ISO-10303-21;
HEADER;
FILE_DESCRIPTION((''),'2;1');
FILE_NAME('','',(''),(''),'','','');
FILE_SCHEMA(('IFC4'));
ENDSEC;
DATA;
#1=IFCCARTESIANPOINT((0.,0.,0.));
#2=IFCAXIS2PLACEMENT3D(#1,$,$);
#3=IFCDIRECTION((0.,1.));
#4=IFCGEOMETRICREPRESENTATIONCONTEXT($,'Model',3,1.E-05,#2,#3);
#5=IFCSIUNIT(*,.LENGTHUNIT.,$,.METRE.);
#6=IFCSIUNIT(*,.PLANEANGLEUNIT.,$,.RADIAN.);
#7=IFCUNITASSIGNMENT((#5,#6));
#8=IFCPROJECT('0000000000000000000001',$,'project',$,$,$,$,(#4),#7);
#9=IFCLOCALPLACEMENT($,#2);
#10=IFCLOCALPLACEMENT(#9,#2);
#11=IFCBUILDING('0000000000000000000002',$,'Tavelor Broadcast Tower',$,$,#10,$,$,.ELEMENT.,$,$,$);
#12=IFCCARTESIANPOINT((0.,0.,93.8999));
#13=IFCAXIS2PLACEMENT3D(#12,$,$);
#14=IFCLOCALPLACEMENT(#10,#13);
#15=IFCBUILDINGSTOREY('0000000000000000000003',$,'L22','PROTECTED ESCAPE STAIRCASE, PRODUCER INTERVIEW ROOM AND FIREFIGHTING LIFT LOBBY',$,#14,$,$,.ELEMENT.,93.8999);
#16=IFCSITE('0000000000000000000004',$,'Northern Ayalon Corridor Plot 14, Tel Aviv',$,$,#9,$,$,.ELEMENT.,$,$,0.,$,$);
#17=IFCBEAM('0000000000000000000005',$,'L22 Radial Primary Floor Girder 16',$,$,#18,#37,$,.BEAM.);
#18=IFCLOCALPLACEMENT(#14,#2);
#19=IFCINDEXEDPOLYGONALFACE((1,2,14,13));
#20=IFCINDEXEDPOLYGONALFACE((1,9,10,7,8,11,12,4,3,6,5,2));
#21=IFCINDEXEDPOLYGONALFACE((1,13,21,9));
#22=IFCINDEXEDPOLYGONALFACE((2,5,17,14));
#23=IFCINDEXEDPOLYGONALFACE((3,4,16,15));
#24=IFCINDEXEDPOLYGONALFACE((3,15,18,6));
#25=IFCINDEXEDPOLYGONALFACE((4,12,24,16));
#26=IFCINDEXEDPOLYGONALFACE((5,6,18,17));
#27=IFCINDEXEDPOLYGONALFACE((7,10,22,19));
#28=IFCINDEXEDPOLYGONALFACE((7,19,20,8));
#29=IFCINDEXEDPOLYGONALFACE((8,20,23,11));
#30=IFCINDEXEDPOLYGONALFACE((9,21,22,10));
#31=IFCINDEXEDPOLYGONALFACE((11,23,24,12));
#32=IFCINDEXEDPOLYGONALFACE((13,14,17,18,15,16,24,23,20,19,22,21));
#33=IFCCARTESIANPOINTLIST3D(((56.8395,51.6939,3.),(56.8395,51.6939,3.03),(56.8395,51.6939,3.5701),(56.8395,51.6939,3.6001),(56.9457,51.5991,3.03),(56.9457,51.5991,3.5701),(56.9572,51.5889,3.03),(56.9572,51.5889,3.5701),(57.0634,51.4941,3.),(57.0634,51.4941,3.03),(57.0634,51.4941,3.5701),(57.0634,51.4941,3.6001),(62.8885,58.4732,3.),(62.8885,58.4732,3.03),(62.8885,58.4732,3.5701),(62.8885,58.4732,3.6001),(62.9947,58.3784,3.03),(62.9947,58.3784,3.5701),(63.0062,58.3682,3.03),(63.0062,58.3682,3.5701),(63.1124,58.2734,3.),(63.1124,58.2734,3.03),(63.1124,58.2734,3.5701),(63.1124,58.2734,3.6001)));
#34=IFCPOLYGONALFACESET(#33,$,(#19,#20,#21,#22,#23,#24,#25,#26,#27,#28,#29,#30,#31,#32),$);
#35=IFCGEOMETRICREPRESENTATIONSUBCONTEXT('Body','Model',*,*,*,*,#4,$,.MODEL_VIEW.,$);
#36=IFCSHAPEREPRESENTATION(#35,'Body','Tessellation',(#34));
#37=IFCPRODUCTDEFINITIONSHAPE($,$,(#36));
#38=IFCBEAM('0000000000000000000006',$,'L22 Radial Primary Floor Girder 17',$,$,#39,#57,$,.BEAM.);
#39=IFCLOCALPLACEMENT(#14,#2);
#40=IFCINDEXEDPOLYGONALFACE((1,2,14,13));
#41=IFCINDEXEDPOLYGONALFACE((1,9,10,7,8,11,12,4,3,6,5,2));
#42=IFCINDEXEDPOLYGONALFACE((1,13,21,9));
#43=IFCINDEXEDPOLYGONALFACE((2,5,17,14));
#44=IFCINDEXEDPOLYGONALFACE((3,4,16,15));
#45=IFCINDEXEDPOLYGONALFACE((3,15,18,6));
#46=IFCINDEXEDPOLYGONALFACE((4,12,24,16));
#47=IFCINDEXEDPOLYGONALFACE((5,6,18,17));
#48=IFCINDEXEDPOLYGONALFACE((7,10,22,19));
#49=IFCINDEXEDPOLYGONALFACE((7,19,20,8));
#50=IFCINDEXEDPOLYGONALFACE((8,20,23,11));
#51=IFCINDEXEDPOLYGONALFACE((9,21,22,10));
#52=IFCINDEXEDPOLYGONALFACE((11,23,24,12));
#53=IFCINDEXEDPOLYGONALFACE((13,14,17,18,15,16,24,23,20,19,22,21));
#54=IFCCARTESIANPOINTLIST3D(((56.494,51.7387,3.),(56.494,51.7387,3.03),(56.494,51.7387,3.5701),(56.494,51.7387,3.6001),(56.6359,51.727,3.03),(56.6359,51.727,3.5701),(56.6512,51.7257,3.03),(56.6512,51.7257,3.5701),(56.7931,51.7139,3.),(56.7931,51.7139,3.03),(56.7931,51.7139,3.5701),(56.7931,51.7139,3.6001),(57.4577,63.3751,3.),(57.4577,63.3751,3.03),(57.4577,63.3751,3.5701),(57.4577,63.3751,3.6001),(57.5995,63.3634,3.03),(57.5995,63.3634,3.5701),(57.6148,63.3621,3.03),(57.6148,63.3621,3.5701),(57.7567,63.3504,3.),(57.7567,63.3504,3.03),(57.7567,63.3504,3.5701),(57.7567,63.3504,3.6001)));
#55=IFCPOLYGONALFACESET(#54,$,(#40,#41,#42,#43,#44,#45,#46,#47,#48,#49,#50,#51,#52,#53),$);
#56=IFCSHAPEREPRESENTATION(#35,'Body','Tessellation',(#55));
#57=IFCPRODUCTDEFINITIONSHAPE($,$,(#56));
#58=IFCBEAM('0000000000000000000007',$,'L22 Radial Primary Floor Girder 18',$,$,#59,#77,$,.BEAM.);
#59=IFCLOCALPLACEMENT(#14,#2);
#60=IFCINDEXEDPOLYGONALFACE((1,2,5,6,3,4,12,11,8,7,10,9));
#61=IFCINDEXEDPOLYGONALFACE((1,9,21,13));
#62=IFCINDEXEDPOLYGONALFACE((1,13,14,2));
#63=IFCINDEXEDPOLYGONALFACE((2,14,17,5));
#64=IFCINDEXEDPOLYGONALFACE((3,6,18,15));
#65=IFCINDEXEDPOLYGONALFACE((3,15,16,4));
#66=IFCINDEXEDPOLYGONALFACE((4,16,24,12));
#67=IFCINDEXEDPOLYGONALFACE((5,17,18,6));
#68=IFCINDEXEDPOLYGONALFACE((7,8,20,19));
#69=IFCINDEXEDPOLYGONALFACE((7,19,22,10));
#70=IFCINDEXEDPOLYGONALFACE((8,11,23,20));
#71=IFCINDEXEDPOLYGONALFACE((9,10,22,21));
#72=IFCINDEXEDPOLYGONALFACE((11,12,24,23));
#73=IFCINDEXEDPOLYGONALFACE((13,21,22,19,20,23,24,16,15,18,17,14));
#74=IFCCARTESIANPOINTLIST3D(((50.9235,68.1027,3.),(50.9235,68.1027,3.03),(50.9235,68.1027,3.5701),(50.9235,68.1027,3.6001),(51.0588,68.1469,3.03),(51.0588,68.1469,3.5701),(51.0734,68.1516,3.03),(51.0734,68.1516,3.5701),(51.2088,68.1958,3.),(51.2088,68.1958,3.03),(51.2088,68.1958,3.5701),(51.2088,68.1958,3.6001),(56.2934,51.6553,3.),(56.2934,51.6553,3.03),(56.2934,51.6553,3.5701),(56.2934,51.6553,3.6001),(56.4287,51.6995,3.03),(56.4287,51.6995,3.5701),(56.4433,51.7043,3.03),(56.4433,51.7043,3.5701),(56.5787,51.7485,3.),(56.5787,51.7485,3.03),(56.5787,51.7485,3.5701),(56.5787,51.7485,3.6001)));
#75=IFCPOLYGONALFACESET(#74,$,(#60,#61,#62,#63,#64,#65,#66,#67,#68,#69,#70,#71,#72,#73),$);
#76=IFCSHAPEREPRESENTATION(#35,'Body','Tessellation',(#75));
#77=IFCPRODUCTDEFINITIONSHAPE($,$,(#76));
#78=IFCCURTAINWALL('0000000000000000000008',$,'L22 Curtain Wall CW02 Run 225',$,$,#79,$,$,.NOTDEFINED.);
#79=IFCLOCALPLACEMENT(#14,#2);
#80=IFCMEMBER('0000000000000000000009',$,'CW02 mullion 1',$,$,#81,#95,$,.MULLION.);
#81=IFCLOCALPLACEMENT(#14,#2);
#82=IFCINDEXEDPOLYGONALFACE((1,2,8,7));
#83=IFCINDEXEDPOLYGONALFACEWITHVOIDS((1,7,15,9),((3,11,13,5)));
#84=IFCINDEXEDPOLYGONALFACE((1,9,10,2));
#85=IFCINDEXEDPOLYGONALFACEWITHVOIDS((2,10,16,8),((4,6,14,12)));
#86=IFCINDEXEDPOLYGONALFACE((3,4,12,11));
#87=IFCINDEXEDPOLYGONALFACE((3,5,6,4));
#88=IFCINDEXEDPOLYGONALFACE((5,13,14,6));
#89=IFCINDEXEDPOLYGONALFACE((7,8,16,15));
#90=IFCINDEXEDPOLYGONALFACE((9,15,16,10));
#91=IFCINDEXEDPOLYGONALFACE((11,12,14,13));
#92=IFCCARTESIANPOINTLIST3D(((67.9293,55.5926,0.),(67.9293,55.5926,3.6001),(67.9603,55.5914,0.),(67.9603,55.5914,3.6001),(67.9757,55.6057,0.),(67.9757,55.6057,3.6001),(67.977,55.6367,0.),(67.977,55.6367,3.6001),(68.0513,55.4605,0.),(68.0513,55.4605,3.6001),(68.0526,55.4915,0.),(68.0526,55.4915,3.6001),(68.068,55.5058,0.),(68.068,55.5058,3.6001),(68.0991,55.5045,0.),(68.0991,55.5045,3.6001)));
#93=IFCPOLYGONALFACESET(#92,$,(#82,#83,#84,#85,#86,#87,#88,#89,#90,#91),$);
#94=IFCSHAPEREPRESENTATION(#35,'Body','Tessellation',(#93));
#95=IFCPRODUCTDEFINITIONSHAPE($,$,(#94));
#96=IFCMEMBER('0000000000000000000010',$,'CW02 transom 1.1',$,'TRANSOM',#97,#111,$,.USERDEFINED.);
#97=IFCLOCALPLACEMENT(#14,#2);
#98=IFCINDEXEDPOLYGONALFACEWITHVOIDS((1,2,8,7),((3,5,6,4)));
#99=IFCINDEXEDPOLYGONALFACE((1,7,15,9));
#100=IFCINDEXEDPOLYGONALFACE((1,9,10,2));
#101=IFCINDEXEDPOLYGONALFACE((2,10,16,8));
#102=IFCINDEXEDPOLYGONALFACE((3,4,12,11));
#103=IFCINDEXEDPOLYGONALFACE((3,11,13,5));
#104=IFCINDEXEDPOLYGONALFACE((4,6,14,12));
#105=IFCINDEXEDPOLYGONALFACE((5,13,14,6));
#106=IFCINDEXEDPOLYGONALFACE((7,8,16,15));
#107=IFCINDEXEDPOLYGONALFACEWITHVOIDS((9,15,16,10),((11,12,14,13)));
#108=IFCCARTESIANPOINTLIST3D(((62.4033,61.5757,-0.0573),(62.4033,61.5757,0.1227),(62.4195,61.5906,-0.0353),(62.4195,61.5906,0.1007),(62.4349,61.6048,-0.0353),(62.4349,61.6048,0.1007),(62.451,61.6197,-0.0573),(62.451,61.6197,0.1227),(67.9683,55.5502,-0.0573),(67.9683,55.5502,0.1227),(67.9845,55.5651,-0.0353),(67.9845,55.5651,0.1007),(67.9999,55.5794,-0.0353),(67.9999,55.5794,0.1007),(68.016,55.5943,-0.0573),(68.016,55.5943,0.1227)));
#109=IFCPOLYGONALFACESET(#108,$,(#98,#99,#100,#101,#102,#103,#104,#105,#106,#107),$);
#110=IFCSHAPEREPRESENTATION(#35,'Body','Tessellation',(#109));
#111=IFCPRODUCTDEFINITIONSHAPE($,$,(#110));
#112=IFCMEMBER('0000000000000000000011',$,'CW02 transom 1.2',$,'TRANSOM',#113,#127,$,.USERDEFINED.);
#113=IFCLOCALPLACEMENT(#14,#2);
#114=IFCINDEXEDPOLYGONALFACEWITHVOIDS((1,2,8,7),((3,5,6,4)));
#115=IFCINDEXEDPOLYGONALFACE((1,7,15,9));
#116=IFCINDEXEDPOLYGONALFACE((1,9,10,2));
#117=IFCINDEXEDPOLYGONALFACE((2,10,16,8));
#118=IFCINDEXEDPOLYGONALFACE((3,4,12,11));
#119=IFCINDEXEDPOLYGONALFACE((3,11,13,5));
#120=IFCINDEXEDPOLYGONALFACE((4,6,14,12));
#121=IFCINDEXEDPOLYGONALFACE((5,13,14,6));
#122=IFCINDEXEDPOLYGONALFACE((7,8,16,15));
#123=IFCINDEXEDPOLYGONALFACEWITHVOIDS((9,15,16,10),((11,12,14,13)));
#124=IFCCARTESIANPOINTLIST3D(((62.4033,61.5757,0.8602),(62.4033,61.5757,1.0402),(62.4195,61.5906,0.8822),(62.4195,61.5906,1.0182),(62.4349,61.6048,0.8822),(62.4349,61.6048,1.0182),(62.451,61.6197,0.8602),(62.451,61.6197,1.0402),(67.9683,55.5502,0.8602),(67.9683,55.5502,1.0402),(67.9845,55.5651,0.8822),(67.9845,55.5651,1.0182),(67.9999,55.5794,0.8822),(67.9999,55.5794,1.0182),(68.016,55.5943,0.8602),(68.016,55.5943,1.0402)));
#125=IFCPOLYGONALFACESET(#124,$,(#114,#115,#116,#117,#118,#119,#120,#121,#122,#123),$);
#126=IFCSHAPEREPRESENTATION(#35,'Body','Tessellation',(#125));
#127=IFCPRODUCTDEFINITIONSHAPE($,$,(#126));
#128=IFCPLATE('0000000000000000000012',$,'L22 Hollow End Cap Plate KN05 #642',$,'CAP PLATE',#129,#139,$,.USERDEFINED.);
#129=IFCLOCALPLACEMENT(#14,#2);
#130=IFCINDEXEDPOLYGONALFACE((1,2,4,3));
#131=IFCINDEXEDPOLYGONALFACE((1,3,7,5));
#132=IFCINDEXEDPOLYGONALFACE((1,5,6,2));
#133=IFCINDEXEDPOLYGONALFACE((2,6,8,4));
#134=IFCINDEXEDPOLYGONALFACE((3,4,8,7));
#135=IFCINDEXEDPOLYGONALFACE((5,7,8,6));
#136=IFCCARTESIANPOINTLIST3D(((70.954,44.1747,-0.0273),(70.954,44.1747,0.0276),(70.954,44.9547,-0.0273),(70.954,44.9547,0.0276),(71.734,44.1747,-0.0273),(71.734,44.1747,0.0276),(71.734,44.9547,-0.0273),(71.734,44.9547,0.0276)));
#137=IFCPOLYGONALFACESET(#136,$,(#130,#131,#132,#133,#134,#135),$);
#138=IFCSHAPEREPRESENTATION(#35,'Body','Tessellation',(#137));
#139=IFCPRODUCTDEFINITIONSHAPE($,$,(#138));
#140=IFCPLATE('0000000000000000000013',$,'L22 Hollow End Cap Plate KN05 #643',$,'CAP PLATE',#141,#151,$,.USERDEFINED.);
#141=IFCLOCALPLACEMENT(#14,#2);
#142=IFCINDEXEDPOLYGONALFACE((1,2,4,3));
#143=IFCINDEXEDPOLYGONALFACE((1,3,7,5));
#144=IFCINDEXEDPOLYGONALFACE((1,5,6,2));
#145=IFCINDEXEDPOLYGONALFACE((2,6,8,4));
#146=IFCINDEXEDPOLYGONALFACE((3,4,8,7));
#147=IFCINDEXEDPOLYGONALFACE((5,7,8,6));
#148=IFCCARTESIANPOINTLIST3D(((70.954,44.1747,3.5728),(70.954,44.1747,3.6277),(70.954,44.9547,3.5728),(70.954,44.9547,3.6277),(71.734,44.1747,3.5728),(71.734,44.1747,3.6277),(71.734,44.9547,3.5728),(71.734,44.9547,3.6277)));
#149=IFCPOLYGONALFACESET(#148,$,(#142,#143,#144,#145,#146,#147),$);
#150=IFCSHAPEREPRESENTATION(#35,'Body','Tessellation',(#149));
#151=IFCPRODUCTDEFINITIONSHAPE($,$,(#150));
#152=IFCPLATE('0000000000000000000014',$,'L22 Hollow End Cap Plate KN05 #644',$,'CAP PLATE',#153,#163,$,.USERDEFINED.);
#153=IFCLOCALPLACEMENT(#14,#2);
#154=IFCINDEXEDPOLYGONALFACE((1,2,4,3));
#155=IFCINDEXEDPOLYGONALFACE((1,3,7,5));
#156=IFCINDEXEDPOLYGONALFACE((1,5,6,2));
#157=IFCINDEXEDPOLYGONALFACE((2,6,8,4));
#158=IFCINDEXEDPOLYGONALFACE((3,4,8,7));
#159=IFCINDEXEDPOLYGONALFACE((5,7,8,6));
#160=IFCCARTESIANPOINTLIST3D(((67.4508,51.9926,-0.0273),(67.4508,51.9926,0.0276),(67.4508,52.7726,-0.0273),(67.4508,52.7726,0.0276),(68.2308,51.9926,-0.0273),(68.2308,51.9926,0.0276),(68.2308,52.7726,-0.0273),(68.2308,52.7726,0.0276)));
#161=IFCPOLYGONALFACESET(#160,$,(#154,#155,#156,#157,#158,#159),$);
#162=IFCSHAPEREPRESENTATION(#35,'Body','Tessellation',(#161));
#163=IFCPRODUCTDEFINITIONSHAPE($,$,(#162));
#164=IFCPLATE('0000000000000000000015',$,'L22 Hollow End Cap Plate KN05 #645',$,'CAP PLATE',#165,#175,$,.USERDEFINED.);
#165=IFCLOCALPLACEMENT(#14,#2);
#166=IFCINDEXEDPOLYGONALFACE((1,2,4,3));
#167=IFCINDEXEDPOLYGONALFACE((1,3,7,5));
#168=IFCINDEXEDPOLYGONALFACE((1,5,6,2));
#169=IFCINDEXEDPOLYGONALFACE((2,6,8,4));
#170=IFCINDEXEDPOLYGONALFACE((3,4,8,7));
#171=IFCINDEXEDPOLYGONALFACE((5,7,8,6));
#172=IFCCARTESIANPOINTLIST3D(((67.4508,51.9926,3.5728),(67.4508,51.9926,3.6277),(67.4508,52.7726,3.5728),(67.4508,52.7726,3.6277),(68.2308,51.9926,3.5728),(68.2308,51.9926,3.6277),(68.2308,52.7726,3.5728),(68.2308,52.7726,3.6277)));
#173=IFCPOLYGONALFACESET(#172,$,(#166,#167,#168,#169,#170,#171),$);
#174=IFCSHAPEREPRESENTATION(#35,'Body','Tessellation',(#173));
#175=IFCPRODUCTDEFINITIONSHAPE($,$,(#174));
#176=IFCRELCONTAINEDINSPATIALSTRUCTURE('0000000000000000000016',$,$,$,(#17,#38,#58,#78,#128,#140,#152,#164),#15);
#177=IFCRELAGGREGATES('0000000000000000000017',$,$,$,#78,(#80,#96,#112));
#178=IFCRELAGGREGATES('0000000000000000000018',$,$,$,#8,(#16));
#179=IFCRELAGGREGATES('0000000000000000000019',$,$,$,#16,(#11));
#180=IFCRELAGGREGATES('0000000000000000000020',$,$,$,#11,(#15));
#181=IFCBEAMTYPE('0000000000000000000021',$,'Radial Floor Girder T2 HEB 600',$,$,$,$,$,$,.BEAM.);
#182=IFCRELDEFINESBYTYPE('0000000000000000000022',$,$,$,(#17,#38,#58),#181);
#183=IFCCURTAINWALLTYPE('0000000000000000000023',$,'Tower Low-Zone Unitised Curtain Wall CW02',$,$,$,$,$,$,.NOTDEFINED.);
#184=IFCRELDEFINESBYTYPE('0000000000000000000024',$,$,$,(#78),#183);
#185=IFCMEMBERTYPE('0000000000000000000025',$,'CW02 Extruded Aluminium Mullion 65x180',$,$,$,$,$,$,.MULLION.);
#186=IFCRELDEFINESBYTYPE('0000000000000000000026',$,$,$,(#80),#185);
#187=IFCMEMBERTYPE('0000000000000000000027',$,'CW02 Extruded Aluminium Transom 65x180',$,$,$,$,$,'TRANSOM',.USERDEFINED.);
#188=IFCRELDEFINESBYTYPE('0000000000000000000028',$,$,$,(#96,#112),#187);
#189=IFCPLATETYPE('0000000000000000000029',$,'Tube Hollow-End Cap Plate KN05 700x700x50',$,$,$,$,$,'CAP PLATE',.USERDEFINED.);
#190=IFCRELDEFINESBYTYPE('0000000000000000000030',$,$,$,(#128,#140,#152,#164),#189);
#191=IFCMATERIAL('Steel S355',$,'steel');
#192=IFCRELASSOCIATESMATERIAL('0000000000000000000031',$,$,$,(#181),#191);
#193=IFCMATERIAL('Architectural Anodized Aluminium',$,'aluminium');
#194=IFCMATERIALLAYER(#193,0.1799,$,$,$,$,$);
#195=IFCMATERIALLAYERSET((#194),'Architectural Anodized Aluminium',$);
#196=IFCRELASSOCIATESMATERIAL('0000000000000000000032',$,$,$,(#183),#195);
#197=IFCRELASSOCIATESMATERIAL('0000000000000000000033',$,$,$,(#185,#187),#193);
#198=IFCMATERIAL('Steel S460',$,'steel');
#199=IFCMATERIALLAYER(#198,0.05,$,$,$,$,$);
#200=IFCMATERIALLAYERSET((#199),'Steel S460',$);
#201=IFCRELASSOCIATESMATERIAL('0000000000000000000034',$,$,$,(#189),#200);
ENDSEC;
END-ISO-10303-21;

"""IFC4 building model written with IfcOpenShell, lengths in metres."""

from ifc_helpers import new_model, si_unit, direction, frame, origin, origin_2d, place, context, subcontext, project, spatial, rectangle, hollow_rectangle, i_section, extrude, source, transform, mapped, material, layer, layer_set, material_profile, profile_set, type_object, type_shapes, element, aggregate, save


model = new_model("IFC4")

# Units and contexts
model_context = context("Model", 3, precision=1e-05, world=origin(), true_north=direction((0.0, 1.0)))
body_context = subcontext(model_context, "Body", "Model", "MODEL_VIEW")
ifc_project = project(units=[si_unit("LENGTHUNIT", "METRE"), si_unit("PLANEANGLEUNIT", "RADIAN")], contexts=[model_context])

# Site, building, storey
site_placement = place(None, origin())
site = spatial("IfcSite", under=ifc_project, at=site_placement, Name="Northern Ayalon Corridor Plot 14, Tel Aviv", CompositionType="ELEMENT", RefElevation=0.0)
building_placement = place(site_placement, origin())
building = spatial("IfcBuilding", under=site, at=building_placement, Name="Tavelor Broadcast Tower", CompositionType="ELEMENT")
storey_placement = place(building_placement, frame((0.0, 0.0, 93.8999)))
storey = spatial("IfcBuildingStorey", under=building, at=storey_placement, Name="L22", Description="PROTECTED ESCAPE STAIRCASE, PRODUCER INTERVIEW ROOM AND FIREFIGHTING LIFT LOBBY", CompositionType="ELEMENT", Elevation=93.8999)

# Shared definitions
ifc_material_1 = material(Name="Steel S460", Category="steel")

# Beams
ifc_material_2 = material(Name="Steel S355", Category="steel")
ifc_material_profile_1 = material_profile(ifc_material_2, i_section(OverallWidth=0.3, OverallDepth=0.6001, WebThickness=0.0154, FlangeThickness=0.03, at=origin_2d()), Name="HEB 600")
ifc_profile_set_1 = profile_set([ifc_material_profile_1], Name="Steel S355")
beam_type_1 = type_object("IfcBeamType", Name="Radial Floor Girder T2 HEB 600", PredefinedType="BEAM", material=ifc_profile_set_1)
beam_1_placement = place(storey_placement, frame((56.9514, 51.594, 3.3), z_axis=(0.665779, 0.746149, 0.0), x_axis=(-0.746149, 0.665779, 0.0)))
element("IfcBeam", 1, at=beam_1_placement, inside=storey, type_object=beam_type_1, Name="L22 Radial Primary Floor Girder 16", PredefinedType="BEAM", context=body_context, shape_type="SweptSolid", body=[
    extrude(i_section(OverallWidth=0.3, OverallDepth=0.6001, WebThickness=0.0154, FlangeThickness=0.03, at=origin_2d()), origin(), (0.0, 0.0, 1.0), 9.0857),
])
beam_2_placement = place(storey_placement, frame((56.6436, 51.7263, 3.3), z_axis=(0.082528, 0.996589, 0.0), x_axis=(-0.996589, 0.082528, 0.0)))
element("IfcBeam", 2, at=beam_2_placement, inside=storey, type_object=beam_type_1, Name="L22 Radial Primary Floor Girder 17", PredefinedType="BEAM", context=body_context, shape_type="SweptSolid", body=[
    extrude(i_section(OverallWidth=0.3, OverallDepth=0.6001, WebThickness=0.0154, FlangeThickness=0.03, at=origin_2d()), origin(), (0.0, 0.0, 1.0), 11.6763),
])
beam_3_placement = place(storey_placement, frame((56.436, 51.7019, 3.3), z_axis=(-0.310367, 0.950617, 0.0), x_axis=(-0.950617, -0.310367, 0.0)))
element("IfcBeam", 3, at=beam_3_placement, inside=storey, type_object=beam_type_1, Name="L22 Radial Primary Floor Girder 18", PredefinedType="BEAM", context=body_context, shape_type="SweptSolid", body=[
    extrude(i_section(OverallWidth=0.3, OverallDepth=0.6001, WebThickness=0.0154, FlangeThickness=0.03, at=origin_2d()), origin(), (0.0, 0.0, 1.0), 17.3018),
])

# Curtain wall, members
ifc_material_3 = material(Name="Architectural Anodized Aluminium", Category="aluminium")
ifc_layer_1 = layer(ifc_material_3, 0.1799)
ifc_layer_set_1 = layer_set([ifc_layer_1], Name="Architectural Anodized Aluminium")
curtain_wall_type = type_object("IfcCurtainWallType", Name="Tower Low-Zone Unitised Curtain Wall CW02", PredefinedType="NOTDEFINED", material=ifc_layer_set_1)
curtain_wall_placement = place(storey_placement, origin())
curtain_wall = element("IfcCurtainWall", 4, at=curtain_wall_placement, inside=storey, type_object=curtain_wall_type, Name="L22 Curtain Wall CW02 Run 225", PredefinedType="NOTDEFINED")
ifc_material_profile_2 = material_profile(ifc_material_3, hollow_rectangle(XDim=0.0649, YDim=0.1799, WallThickness=0.022, at=origin_2d()), Name="RHS 65x180x22")
ifc_profile_set_2 = profile_set([ifc_material_profile_2], Name="Architectural Anodized Aluminium")
member_type_1 = type_object("IfcMemberType", Name="CW02 Extruded Aluminium Mullion 65x180", PredefinedType="MULLION", material=ifc_profile_set_2)
shared_shape_1 = source(origin(), body_context, "Body", "SweptSolid", [
    extrude(hollow_rectangle(XDim=0.0649, YDim=0.1799, WallThickness=0.022, at=origin_2d()), origin(), (0.0, 0.0, 1.0), 3.6001),
])
type_shapes(member_type_1, [shared_shape_1])
member_1_placement = place(storey_placement, frame((68.0142, 55.5486, 0.0), z_axis=(0.0, 0.0, 1.0), x_axis=(-0.734611, -0.678489, 0.0)))
member_1 = element("IfcMember", 5, at=member_1_placement, type_object=member_type_1, Name="CW02 mullion 1", PredefinedType="MULLION", context=body_context, shape_type="MappedRepresentation", body=[
    mapped(shared_shape_1, transform((0.0, 0.0, 0.0), scale=1.0)),
])
ifc_material_profile_3 = material_profile(ifc_material_3, hollow_rectangle(XDim=0.0649, YDim=0.1799, WallThickness=0.022, at=origin_2d()), Name="RHS 65x180x22")
ifc_profile_set_3 = profile_set([ifc_material_profile_3], Name="Architectural Anodized Aluminium")
member_type_2 = type_object("IfcMemberType", Name="CW02 Extruded Aluminium Transom 65x180", ElementType="TRANSOM", PredefinedType="USERDEFINED", material=ifc_profile_set_3)
shared_shape_2 = source(origin(), body_context, "Body", "SweptSolid", [
    extrude(hollow_rectangle(XDim=0.0649, YDim=0.1799, WallThickness=0.022, at=origin_2d()), origin(), (0.0, 0.0, 1.0), 8.2021),
])
type_shapes(member_type_2, [shared_shape_2])
member_2_placement = place(storey_placement, frame((67.9922, 55.5723, 0.0327), z_axis=(-0.67848, 0.734619, 0.0), x_axis=(-0.734619, -0.67848, 0.0)))
member_2 = element("IfcMember", 6, at=member_2_placement, type_object=member_type_2, Name="CW02 transom 1.1", ObjectType="TRANSOM", PredefinedType="USERDEFINED", context=body_context, shape_type="MappedRepresentation", body=[
    mapped(shared_shape_2, transform((0.0, 0.0, 0.0), scale=1.0)),
])
member_3_placement = place(storey_placement, frame((67.9922, 55.5723, 0.9502), z_axis=(-0.67848, 0.734619, 0.0), x_axis=(-0.734619, -0.67848, 0.0)))
member_3 = element("IfcMember", 7, at=member_3_placement, type_object=member_type_2, Name="CW02 transom 1.2", ObjectType="TRANSOM", PredefinedType="USERDEFINED", context=body_context, shape_type="MappedRepresentation", body=[
    mapped(shared_shape_2, transform((0.0, 0.0, 0.0), scale=1.0)),
])
aggregate(curtain_wall, [member_1, member_2, member_3])

# Plates
ifc_layer_2 = layer(ifc_material_1, 0.05)
ifc_layer_set_2 = layer_set([ifc_layer_2], Name="Steel S460")
plate_type = type_object("IfcPlateType", Name="Tube Hollow-End Cap Plate KN05 700x700x50", ElementType="CAP PLATE", PredefinedType="USERDEFINED", material=ifc_layer_set_2)
shared_shape_3 = source(origin(), body_context, "Body", "SweptSolid", [
    extrude(rectangle(XDim=0.78, YDim=0.78, at=origin_2d()), origin(), (0.0, 0.0, 1.0), 0.0549),
])
type_shapes(plate_type, [shared_shape_3])
for number, where, z_axis, x_axis, name in (
    (8, (71.344, 44.5647, -0.0273), (0.0, 0.0, 1.0), (1.0, 0.0, 0.0), "L22 Hollow End Cap Plate KN05 #642"),
    (9, (71.344, 44.5647, 3.5728), (0.0, 0.0, 1.0), (1.0, 0.0, 0.0), "L22 Hollow End Cap Plate KN05 #643"),
    (10, (67.8408, 52.3826, -0.0273), (0.0, 0.0, 1.0), (1.0, 0.0, 0.0), "L22 Hollow End Cap Plate KN05 #644"),
    (11, (67.8408, 52.3826, 3.5728), (0.0, 0.0, 1.0), (1.0, 0.0, 0.0), "L22 Hollow End Cap Plate KN05 #645"),
):
    element("IfcPlate", number, at=place(storey_placement, frame(where, z_axis=z_axis, x_axis=x_axis)), inside=storey, type_object=plate_type, Name=name, ObjectType="CAP PLATE", PredefinedType="USERDEFINED", context=body_context, shape_type="MappedRepresentation", body=[
        mapped(shared_shape_3, transform((0.0, 0.0, 0.0), scale=1.0)),
    ])

save(model, "model.ifc")
